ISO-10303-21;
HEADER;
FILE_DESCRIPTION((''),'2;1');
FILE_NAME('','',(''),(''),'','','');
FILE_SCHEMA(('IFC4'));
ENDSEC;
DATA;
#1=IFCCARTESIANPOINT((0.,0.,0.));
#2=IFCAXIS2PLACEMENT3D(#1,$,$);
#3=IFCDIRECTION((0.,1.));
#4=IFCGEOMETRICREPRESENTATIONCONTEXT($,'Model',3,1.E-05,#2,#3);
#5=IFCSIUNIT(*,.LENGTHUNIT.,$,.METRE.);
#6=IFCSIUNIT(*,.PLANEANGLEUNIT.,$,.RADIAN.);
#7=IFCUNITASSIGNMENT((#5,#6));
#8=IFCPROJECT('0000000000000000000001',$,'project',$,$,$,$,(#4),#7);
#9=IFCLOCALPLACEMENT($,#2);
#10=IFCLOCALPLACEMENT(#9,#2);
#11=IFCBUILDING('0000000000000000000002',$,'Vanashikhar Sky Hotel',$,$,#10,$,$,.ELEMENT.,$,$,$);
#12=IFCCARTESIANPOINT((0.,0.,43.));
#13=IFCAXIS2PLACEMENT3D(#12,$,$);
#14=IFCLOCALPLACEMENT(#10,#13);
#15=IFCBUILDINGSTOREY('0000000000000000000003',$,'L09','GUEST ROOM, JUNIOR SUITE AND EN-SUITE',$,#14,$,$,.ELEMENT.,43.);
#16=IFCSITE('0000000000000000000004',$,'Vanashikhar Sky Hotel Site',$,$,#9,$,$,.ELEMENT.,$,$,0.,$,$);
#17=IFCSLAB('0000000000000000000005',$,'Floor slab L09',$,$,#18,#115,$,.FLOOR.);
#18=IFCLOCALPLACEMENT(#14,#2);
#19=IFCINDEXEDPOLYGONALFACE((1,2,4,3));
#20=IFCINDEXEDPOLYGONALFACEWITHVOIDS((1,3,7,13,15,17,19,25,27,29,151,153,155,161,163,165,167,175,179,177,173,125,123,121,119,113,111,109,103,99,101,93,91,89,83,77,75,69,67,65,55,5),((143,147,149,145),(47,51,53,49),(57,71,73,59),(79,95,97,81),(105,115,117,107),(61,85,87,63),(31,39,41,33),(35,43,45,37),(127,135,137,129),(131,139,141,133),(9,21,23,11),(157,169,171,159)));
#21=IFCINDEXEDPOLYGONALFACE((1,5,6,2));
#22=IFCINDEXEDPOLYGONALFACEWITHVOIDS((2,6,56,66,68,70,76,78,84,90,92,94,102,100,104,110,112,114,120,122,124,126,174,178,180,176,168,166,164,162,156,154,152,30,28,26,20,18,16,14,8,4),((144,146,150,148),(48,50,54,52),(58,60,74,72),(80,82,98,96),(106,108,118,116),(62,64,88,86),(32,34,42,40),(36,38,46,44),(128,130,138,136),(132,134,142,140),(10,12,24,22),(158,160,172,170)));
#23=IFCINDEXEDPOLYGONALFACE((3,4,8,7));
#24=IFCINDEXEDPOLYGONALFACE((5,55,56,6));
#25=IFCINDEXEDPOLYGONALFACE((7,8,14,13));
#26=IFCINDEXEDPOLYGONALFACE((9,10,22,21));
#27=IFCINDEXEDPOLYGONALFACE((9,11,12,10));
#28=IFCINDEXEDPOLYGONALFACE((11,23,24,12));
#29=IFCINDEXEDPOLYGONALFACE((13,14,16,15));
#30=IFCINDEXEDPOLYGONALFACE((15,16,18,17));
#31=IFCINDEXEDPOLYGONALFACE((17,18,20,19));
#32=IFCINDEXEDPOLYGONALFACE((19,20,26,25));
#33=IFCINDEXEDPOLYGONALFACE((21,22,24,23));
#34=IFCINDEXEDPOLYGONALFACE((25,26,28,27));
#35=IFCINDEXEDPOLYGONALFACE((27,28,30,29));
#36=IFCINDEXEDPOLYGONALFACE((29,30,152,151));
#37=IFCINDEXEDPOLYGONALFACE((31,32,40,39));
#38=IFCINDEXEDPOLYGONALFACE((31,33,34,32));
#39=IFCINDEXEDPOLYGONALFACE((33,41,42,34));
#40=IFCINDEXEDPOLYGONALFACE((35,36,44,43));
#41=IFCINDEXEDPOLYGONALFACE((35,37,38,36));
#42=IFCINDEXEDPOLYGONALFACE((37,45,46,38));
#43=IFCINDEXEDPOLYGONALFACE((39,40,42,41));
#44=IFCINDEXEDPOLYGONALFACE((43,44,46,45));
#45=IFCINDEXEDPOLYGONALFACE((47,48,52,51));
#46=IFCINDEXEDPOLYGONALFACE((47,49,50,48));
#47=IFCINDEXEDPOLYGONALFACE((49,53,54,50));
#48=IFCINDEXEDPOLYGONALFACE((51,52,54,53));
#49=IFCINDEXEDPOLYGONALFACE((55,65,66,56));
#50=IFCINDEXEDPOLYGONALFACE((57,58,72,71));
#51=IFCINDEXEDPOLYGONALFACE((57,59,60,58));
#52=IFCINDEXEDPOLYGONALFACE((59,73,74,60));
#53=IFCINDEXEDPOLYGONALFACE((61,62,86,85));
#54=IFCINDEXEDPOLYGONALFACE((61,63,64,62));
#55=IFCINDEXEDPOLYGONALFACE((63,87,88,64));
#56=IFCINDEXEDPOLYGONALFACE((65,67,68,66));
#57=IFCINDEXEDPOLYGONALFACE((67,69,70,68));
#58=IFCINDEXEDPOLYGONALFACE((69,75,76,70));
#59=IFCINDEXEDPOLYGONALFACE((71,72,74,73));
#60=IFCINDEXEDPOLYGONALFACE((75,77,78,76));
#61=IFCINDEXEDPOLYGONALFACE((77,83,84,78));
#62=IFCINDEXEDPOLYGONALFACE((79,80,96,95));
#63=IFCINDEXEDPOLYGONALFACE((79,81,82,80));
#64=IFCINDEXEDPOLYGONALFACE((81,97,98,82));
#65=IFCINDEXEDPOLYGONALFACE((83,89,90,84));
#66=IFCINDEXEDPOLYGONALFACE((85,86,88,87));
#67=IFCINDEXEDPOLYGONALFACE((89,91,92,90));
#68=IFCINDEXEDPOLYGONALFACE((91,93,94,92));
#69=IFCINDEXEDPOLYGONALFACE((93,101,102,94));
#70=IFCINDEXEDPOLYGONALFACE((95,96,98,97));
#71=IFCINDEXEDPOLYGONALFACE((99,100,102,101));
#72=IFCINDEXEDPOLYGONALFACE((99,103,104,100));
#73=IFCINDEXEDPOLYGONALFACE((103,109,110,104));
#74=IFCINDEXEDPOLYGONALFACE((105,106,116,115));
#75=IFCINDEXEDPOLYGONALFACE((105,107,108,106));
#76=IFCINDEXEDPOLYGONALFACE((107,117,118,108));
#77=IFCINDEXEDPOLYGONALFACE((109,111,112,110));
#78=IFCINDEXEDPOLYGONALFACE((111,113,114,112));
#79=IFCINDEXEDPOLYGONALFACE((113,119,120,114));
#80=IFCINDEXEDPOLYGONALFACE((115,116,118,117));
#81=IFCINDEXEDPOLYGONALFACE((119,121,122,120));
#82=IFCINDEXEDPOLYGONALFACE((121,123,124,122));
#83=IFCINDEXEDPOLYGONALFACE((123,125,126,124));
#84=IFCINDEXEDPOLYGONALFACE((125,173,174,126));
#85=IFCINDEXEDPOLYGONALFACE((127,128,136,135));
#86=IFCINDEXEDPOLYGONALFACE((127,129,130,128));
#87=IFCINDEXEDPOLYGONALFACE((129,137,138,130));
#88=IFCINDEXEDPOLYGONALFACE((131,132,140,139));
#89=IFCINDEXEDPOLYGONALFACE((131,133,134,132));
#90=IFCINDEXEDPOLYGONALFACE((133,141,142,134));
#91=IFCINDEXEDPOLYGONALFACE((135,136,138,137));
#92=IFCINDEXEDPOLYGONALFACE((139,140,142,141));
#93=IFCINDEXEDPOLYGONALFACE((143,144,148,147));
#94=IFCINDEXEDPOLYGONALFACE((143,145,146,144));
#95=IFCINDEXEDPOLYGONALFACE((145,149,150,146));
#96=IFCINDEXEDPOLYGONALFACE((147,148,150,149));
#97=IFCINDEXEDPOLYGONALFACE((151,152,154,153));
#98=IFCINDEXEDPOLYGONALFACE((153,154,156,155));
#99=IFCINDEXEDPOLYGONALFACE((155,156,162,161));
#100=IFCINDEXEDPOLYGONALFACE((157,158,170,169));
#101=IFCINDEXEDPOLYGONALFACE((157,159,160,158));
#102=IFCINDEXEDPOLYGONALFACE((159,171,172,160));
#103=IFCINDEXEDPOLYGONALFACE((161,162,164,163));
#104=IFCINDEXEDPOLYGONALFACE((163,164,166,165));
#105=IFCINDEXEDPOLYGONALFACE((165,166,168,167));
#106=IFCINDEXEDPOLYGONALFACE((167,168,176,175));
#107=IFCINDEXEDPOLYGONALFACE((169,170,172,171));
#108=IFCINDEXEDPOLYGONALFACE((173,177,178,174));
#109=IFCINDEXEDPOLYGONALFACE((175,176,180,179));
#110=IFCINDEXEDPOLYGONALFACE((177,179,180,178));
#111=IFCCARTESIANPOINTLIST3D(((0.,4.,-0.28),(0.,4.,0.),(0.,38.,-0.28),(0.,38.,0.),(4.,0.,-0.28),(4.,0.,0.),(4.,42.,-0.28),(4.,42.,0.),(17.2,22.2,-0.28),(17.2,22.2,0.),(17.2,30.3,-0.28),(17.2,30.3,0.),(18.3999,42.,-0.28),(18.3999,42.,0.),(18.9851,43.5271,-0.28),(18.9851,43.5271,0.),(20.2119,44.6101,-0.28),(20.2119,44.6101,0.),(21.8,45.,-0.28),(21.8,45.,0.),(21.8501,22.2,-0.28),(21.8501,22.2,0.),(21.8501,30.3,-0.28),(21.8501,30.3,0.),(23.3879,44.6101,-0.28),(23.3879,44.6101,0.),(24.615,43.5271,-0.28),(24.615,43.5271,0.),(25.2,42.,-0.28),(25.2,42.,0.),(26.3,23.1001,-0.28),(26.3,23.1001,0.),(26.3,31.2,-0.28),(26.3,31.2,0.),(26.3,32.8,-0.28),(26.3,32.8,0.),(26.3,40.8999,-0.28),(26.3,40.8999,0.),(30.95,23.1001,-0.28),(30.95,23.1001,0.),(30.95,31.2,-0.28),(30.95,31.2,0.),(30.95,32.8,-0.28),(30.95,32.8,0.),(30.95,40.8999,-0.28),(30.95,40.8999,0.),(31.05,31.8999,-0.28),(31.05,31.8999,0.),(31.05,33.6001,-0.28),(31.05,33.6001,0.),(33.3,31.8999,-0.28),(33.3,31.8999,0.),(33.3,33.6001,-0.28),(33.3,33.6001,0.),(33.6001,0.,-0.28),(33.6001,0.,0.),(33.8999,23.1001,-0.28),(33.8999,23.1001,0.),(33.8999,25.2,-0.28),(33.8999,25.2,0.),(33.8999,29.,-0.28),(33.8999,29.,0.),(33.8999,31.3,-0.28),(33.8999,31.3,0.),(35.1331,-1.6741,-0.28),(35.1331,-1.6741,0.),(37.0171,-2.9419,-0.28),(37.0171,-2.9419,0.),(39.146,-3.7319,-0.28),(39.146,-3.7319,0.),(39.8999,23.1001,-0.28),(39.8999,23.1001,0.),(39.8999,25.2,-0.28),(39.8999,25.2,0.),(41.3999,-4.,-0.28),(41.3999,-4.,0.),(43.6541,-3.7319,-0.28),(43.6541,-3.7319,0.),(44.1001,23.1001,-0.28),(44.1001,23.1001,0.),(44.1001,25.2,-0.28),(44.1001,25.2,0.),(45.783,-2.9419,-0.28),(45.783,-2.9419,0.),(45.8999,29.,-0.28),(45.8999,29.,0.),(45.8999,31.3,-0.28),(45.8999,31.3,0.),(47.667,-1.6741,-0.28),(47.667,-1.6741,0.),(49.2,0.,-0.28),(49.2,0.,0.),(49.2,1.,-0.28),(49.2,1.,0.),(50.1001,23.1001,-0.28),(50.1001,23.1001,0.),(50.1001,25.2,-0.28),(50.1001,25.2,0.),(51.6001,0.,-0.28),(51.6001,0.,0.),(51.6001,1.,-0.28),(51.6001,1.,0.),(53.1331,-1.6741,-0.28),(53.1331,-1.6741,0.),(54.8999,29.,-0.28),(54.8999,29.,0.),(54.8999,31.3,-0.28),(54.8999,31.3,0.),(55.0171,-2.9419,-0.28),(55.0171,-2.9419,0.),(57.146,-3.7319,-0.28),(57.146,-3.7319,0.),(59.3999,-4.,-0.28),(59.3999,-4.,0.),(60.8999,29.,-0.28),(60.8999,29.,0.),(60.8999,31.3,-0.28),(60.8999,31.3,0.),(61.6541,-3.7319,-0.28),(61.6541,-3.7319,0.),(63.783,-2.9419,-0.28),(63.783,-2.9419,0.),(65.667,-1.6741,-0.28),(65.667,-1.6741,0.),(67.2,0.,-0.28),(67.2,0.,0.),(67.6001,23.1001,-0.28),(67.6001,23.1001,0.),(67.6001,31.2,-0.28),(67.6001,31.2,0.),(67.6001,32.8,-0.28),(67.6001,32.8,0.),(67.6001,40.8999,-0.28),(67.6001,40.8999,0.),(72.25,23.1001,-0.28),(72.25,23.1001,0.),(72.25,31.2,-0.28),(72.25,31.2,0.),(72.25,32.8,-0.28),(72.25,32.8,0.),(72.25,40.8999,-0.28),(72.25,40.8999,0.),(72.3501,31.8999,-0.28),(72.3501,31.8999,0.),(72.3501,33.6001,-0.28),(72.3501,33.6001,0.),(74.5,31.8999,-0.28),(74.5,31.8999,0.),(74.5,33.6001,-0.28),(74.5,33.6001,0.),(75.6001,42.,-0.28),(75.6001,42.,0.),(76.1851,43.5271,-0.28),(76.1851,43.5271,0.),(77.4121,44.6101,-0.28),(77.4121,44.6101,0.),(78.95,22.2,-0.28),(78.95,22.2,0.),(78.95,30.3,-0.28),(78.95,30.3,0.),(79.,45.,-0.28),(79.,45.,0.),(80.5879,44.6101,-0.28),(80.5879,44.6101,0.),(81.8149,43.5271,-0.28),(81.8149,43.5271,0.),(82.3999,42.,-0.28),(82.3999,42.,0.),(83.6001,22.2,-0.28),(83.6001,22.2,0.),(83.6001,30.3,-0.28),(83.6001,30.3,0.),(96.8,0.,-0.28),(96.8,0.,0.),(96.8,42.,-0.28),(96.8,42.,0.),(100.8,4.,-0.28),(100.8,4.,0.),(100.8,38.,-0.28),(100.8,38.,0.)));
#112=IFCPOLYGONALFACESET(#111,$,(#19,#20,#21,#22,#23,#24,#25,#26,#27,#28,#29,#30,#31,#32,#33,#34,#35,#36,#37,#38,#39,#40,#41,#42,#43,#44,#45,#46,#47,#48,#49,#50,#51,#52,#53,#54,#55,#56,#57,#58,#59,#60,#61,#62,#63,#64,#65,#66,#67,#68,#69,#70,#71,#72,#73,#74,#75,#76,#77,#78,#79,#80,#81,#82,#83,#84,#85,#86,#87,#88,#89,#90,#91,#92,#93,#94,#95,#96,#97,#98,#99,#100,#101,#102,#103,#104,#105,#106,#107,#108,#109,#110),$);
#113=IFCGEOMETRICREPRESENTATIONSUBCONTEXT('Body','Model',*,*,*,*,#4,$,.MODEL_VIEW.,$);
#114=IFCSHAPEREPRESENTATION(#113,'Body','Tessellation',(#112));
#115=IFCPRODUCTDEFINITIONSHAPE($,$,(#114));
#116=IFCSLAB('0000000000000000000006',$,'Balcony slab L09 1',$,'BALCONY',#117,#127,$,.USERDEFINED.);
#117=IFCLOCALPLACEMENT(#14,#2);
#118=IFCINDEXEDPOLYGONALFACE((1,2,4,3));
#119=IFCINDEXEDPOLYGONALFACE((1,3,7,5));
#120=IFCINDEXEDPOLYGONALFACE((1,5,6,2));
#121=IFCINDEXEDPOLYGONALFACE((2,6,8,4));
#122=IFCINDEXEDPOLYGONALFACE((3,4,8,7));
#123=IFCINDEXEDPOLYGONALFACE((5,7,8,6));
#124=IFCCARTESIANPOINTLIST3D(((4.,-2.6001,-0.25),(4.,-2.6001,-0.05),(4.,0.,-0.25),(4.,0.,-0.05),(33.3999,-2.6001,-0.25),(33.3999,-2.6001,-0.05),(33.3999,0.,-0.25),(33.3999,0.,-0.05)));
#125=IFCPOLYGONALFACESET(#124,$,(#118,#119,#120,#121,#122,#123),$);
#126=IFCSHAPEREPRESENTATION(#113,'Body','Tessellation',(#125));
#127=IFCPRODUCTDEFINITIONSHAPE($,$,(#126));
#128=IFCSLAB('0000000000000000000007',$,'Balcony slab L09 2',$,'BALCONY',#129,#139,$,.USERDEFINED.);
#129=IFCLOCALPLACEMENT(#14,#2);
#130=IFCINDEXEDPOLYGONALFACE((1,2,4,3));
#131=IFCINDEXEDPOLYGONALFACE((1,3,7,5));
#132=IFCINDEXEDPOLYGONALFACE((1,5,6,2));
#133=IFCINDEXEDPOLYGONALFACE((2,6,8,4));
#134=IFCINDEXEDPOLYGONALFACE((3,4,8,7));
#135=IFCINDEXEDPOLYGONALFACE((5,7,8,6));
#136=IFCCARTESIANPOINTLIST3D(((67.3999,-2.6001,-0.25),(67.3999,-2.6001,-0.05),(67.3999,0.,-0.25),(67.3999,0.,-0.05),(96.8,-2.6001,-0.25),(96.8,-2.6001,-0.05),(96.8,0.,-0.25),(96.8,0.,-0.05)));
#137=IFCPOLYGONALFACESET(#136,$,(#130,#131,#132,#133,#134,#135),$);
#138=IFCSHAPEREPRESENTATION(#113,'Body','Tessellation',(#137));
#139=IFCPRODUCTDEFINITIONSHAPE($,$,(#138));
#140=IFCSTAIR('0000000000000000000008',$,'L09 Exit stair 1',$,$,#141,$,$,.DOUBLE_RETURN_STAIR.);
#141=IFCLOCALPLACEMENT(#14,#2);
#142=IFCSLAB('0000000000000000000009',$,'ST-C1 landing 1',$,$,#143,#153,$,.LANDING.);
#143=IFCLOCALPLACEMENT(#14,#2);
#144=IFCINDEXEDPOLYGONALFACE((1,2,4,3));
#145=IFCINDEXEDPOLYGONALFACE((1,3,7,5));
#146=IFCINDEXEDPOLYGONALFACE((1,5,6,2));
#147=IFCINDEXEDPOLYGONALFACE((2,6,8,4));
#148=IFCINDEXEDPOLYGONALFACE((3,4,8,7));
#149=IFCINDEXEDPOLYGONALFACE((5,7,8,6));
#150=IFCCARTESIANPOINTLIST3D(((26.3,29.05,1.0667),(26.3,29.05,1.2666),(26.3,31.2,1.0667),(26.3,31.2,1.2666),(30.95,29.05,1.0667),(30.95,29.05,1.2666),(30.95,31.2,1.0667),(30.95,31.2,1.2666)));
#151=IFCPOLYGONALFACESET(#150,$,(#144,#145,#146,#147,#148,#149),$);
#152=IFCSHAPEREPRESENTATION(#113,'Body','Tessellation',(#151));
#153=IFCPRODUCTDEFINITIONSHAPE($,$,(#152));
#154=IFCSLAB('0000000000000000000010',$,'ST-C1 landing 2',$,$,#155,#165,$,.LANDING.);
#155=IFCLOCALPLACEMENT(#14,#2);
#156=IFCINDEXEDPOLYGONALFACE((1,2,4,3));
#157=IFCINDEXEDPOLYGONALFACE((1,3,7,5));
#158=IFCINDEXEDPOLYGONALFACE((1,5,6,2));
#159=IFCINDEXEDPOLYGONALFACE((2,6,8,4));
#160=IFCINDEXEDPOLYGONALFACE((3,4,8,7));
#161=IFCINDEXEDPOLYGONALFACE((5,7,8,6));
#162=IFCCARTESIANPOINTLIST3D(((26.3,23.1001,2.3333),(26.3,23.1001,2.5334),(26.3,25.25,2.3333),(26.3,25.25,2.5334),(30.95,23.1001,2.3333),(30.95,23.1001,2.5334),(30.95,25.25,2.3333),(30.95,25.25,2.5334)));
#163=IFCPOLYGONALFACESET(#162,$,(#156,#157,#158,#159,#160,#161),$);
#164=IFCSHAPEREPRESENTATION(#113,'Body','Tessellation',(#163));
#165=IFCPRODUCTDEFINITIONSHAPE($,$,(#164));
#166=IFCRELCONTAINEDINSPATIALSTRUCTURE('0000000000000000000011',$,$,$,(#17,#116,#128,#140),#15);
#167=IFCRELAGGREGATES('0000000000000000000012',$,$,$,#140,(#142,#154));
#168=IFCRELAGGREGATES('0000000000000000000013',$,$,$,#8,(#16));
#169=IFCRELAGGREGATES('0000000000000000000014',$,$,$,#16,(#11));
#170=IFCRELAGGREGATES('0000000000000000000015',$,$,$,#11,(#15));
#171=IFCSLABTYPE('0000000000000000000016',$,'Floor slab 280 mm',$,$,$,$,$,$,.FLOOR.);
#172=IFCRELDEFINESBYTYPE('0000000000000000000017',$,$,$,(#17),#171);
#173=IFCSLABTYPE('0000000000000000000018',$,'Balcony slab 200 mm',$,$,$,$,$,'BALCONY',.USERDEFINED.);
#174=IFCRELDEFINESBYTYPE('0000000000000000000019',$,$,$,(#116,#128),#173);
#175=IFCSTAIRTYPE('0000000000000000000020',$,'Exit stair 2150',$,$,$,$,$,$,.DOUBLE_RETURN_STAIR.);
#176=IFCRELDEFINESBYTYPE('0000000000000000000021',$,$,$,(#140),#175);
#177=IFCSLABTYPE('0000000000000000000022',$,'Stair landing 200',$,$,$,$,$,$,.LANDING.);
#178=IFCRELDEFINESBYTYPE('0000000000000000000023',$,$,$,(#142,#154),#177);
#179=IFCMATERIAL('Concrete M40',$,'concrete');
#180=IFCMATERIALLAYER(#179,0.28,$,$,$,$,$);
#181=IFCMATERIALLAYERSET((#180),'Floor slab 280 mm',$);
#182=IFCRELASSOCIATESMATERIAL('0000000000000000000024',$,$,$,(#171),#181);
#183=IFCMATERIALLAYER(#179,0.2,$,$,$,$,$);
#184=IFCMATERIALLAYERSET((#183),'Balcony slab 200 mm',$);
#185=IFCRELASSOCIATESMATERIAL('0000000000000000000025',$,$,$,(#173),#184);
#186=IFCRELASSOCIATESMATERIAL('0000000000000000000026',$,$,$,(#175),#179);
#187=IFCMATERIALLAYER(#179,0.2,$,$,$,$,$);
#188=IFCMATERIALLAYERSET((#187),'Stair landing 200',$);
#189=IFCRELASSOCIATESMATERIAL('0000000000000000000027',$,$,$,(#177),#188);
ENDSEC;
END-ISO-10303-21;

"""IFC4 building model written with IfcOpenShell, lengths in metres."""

from ifc_helpers import new_model, si_unit, direction, frame, origin, place, context, subcontext, project, spatial, polyline, outline, extrude, source, transform, mapped, material, layer, layer_set, type_object, element, aggregate, save


model = new_model("IFC4")

# Units and contexts
model_context = context("Model", 3, precision=1e-05, world=origin(), true_north=direction((0.0, 1.0)))
body_context = subcontext(model_context, "Body", "Model", "MODEL_VIEW")
ifc_project = project(units=[si_unit("LENGTHUNIT", "METRE"), si_unit("PLANEANGLEUNIT", "RADIAN")], contexts=[model_context])

# Site, building, storey
site_placement = place(None, origin())
site = spatial("IfcSite", under=ifc_project, at=site_placement, Name="Vanashikhar Sky Hotel Site", CompositionType="ELEMENT", RefElevation=0.0)
building_placement = place(site_placement, origin())
building = spatial("IfcBuilding", under=site, at=building_placement, Name="Vanashikhar Sky Hotel", CompositionType="ELEMENT")
storey_placement = place(building_placement, frame((0.0, 0.0, 43.0)))
storey = spatial("IfcBuildingStorey", under=building, at=storey_placement, Name="L09", Description="GUEST ROOM, JUNIOR SUITE AND EN-SUITE", CompositionType="ELEMENT", Elevation=43.0)

# Slabs
ifc_material_1 = material(Name="Concrete M40", Category="concrete")
ifc_layer_1 = layer(ifc_material_1, 0.28)
ifc_layer_set_1 = layer_set([ifc_layer_1], Name="Floor slab 280 mm")
slab_type_1 = type_object("IfcSlabType", Name="Floor slab 280 mm", PredefinedType="FLOOR", material=ifc_layer_set_1)
shared_shape_1 = source(origin(), body_context, "Body", "SweptSolid", [
    extrude(outline(polyline([(49.2, 0.0), (49.2, 1.0), (51.6001, 1.0), (51.6001, 0.0), (53.1331, -1.6741), (55.0171, -2.9419), (57.146, -3.7319), (59.3999, -4.0), (61.6541, -3.7319), (63.783, -2.9419), (65.667, -1.6741), (67.2, 0.0), (96.8, 0.0), (100.8, 4.0), (100.8, 38.0), (96.8, 42.0), (82.3999, 42.0), (81.8149, 43.5271), (80.5879, 44.6101), (79.0, 45.0), (77.4121, 44.6101), (76.1851, 43.5271), (75.6001, 42.0), (25.2, 42.0), (24.615, 43.5271), (23.3879, 44.6101), (21.8, 45.0), (20.2119, 44.6101), (18.9851, 43.5271), (18.3999, 42.0), (4.0, 42.0), (0.0, 38.0), (0.0, 4.0), (4.0, 0.0), (33.6001, 0.0), (35.1331, -1.6741), (37.0171, -2.9419), (39.146, -3.7319), (41.3999, -4.0), (43.6541, -3.7319), (45.783, -2.9419), (47.667, -1.6741), (49.2, 0.0)]), holes=[polyline([(33.3, 33.6001), (31.05, 33.6001), (31.05, 31.8999), (33.3, 31.8999), (33.3, 33.6001)]), polyline([(33.8999, 25.2), (33.8999, 23.1001), (39.8999, 23.1001), (39.8999, 25.2), (33.8999, 25.2)]), polyline([(33.8999, 31.3), (33.8999, 29.0), (45.8999, 29.0), (45.8999, 31.3), (33.8999, 31.3)]), polyline([(44.1001, 25.2), (44.1001, 23.1001), (50.1001, 23.1001), (50.1001, 25.2), (44.1001, 25.2)]), polyline([(54.8999, 31.3), (54.8999, 29.0), (60.8999, 29.0), (60.8999, 31.3), (54.8999, 31.3)]), polyline([(74.5, 33.6001), (72.3501, 33.6001), (72.3501, 31.8999), (74.5, 31.8999), (74.5, 33.6001)]), polyline([(30.95, 23.1001), (30.95, 31.2), (26.3, 31.2), (26.3, 23.1001), (30.95, 23.1001)]), polyline([(72.25, 23.1001), (72.25, 31.2), (67.6001, 31.2), (67.6001, 23.1001), (72.25, 23.1001)]), polyline([(30.95, 32.8), (30.95, 40.8999), (26.3, 40.8999), (26.3, 32.8), (30.95, 32.8)]), polyline([(72.25, 32.8), (72.25, 40.8999), (67.6001, 40.8999), (67.6001, 32.8), (72.25, 32.8)]), polyline([(83.6001, 22.2), (83.6001, 30.3), (78.95, 30.3), (78.95, 22.2), (83.6001, 22.2)]), polyline([(21.8501, 22.2), (21.8501, 30.3), (17.2, 30.3), (17.2, 22.2), (21.8501, 22.2)])]), origin(), (0.0, 0.0, 1.0), 0.28),
])
slab_1_placement = place(storey_placement, frame((0.0, 0.0, -0.28)))
element("IfcSlab", 1, at=slab_1_placement, inside=storey, type_object=slab_type_1, Name="Floor slab L09", PredefinedType="FLOOR", context=body_context, shape_type="MappedRepresentation", body=[
    mapped(shared_shape_1, transform((0.0, 0.0, 0.0), scale=1.0)),
])
ifc_layer_2 = layer(ifc_material_1, 0.2)
ifc_layer_set_2 = layer_set([ifc_layer_2], Name="Balcony slab 200 mm")
slab_type_2 = type_object("IfcSlabType", Name="Balcony slab 200 mm", ElementType="BALCONY", PredefinedType="USERDEFINED", material=ifc_layer_set_2)
shared_shape_2 = source(origin(), body_context, "Body", "SweptSolid", [
    extrude(outline(polyline([(4.0, -2.6001), (33.3999, -2.6001), (33.3999, 0.0), (4.0, 0.0), (4.0, -2.6001)])), origin(), (0.0, 0.0, 1.0), 0.2),
])
slab_2_placement = place(storey_placement, frame((0.0, 0.0, -0.25)))
element("IfcSlab", 2, at=slab_2_placement, inside=storey, type_object=slab_type_2, Name="Balcony slab L09 1", ObjectType="BALCONY", PredefinedType="USERDEFINED", context=body_context, shape_type="MappedRepresentation", body=[
    mapped(shared_shape_2, transform((0.0, 0.0, 0.0), scale=1.0)),
])
shared_shape_3 = source(origin(), body_context, "Body", "SweptSolid", [
    extrude(outline(polyline([(67.3999, -2.6001), (96.8, -2.6001), (96.8, 0.0), (67.3999, 0.0), (67.3999, -2.6001)])), origin(), (0.0, 0.0, 1.0), 0.2),
])
slab_3_placement = place(storey_placement, frame((0.0, 0.0, -0.25)))
element("IfcSlab", 3, at=slab_3_placement, inside=storey, type_object=slab_type_2, Name="Balcony slab L09 2", ObjectType="BALCONY", PredefinedType="USERDEFINED", context=body_context, shape_type="MappedRepresentation", body=[
    mapped(shared_shape_3, transform((0.0, 0.0, 0.0), scale=1.0)),
])

# Stair, slabs
stair_type = type_object("IfcStairType", Name="Exit stair 2150", PredefinedType="DOUBLE_RETURN_STAIR", material=ifc_material_1)
stair_1_placement = place(storey_placement, origin())
stair_1 = element("IfcStair", 4, at=stair_1_placement, inside=storey, type_object=stair_type, Name="L09 Exit stair 1", PredefinedType="DOUBLE_RETURN_STAIR")
ifc_layer_3 = layer(ifc_material_1, 0.2)
ifc_layer_set_3 = layer_set([ifc_layer_3], Name="Stair landing 200")
slab_type_3 = type_object("IfcSlabType", Name="Stair landing 200", PredefinedType="LANDING", material=ifc_layer_set_3)
shared_shape_4 = source(origin(), body_context, "Body", "SweptSolid", [
    extrude(outline(polyline([(30.95, 29.05), (30.95, 31.2), (26.3, 31.2), (26.3, 29.05), (30.95, 29.05)])), origin(), (0.0, 0.0, 1.0), 0.2),
])
slab_4_placement = place(storey_placement, frame((0.0, 0.0, 1.0667)))
slab_4 = element("IfcSlab", 5, at=slab_4_placement, type_object=slab_type_3, Name="ST-C1 landing 1", PredefinedType="LANDING", context=body_context, shape_type="MappedRepresentation", body=[
    mapped(shared_shape_4, transform((0.0, 0.0, 0.0), scale=1.0)),
])
shared_shape_5 = source(origin(), body_context, "Body", "SweptSolid", [
    extrude(outline(polyline([(30.95, 23.1001), (30.95, 25.25), (26.3, 25.25), (26.3, 23.1001), (30.95, 23.1001)])), origin(), (0.0, 0.0, 1.0), 0.2002),
])
slab_5_placement = place(storey_placement, frame((0.0, 0.0, 2.3333)))
slab_5 = element("IfcSlab", 6, at=slab_5_placement, type_object=slab_type_3, Name="ST-C1 landing 2", PredefinedType="LANDING", context=body_context, shape_type="MappedRepresentation", body=[
    mapped(shared_shape_5, transform((0.0, 0.0, 0.0), scale=1.0)),
])
aggregate(stair_1, [slab_4, slab_5])

save(model, "model.ifc")
